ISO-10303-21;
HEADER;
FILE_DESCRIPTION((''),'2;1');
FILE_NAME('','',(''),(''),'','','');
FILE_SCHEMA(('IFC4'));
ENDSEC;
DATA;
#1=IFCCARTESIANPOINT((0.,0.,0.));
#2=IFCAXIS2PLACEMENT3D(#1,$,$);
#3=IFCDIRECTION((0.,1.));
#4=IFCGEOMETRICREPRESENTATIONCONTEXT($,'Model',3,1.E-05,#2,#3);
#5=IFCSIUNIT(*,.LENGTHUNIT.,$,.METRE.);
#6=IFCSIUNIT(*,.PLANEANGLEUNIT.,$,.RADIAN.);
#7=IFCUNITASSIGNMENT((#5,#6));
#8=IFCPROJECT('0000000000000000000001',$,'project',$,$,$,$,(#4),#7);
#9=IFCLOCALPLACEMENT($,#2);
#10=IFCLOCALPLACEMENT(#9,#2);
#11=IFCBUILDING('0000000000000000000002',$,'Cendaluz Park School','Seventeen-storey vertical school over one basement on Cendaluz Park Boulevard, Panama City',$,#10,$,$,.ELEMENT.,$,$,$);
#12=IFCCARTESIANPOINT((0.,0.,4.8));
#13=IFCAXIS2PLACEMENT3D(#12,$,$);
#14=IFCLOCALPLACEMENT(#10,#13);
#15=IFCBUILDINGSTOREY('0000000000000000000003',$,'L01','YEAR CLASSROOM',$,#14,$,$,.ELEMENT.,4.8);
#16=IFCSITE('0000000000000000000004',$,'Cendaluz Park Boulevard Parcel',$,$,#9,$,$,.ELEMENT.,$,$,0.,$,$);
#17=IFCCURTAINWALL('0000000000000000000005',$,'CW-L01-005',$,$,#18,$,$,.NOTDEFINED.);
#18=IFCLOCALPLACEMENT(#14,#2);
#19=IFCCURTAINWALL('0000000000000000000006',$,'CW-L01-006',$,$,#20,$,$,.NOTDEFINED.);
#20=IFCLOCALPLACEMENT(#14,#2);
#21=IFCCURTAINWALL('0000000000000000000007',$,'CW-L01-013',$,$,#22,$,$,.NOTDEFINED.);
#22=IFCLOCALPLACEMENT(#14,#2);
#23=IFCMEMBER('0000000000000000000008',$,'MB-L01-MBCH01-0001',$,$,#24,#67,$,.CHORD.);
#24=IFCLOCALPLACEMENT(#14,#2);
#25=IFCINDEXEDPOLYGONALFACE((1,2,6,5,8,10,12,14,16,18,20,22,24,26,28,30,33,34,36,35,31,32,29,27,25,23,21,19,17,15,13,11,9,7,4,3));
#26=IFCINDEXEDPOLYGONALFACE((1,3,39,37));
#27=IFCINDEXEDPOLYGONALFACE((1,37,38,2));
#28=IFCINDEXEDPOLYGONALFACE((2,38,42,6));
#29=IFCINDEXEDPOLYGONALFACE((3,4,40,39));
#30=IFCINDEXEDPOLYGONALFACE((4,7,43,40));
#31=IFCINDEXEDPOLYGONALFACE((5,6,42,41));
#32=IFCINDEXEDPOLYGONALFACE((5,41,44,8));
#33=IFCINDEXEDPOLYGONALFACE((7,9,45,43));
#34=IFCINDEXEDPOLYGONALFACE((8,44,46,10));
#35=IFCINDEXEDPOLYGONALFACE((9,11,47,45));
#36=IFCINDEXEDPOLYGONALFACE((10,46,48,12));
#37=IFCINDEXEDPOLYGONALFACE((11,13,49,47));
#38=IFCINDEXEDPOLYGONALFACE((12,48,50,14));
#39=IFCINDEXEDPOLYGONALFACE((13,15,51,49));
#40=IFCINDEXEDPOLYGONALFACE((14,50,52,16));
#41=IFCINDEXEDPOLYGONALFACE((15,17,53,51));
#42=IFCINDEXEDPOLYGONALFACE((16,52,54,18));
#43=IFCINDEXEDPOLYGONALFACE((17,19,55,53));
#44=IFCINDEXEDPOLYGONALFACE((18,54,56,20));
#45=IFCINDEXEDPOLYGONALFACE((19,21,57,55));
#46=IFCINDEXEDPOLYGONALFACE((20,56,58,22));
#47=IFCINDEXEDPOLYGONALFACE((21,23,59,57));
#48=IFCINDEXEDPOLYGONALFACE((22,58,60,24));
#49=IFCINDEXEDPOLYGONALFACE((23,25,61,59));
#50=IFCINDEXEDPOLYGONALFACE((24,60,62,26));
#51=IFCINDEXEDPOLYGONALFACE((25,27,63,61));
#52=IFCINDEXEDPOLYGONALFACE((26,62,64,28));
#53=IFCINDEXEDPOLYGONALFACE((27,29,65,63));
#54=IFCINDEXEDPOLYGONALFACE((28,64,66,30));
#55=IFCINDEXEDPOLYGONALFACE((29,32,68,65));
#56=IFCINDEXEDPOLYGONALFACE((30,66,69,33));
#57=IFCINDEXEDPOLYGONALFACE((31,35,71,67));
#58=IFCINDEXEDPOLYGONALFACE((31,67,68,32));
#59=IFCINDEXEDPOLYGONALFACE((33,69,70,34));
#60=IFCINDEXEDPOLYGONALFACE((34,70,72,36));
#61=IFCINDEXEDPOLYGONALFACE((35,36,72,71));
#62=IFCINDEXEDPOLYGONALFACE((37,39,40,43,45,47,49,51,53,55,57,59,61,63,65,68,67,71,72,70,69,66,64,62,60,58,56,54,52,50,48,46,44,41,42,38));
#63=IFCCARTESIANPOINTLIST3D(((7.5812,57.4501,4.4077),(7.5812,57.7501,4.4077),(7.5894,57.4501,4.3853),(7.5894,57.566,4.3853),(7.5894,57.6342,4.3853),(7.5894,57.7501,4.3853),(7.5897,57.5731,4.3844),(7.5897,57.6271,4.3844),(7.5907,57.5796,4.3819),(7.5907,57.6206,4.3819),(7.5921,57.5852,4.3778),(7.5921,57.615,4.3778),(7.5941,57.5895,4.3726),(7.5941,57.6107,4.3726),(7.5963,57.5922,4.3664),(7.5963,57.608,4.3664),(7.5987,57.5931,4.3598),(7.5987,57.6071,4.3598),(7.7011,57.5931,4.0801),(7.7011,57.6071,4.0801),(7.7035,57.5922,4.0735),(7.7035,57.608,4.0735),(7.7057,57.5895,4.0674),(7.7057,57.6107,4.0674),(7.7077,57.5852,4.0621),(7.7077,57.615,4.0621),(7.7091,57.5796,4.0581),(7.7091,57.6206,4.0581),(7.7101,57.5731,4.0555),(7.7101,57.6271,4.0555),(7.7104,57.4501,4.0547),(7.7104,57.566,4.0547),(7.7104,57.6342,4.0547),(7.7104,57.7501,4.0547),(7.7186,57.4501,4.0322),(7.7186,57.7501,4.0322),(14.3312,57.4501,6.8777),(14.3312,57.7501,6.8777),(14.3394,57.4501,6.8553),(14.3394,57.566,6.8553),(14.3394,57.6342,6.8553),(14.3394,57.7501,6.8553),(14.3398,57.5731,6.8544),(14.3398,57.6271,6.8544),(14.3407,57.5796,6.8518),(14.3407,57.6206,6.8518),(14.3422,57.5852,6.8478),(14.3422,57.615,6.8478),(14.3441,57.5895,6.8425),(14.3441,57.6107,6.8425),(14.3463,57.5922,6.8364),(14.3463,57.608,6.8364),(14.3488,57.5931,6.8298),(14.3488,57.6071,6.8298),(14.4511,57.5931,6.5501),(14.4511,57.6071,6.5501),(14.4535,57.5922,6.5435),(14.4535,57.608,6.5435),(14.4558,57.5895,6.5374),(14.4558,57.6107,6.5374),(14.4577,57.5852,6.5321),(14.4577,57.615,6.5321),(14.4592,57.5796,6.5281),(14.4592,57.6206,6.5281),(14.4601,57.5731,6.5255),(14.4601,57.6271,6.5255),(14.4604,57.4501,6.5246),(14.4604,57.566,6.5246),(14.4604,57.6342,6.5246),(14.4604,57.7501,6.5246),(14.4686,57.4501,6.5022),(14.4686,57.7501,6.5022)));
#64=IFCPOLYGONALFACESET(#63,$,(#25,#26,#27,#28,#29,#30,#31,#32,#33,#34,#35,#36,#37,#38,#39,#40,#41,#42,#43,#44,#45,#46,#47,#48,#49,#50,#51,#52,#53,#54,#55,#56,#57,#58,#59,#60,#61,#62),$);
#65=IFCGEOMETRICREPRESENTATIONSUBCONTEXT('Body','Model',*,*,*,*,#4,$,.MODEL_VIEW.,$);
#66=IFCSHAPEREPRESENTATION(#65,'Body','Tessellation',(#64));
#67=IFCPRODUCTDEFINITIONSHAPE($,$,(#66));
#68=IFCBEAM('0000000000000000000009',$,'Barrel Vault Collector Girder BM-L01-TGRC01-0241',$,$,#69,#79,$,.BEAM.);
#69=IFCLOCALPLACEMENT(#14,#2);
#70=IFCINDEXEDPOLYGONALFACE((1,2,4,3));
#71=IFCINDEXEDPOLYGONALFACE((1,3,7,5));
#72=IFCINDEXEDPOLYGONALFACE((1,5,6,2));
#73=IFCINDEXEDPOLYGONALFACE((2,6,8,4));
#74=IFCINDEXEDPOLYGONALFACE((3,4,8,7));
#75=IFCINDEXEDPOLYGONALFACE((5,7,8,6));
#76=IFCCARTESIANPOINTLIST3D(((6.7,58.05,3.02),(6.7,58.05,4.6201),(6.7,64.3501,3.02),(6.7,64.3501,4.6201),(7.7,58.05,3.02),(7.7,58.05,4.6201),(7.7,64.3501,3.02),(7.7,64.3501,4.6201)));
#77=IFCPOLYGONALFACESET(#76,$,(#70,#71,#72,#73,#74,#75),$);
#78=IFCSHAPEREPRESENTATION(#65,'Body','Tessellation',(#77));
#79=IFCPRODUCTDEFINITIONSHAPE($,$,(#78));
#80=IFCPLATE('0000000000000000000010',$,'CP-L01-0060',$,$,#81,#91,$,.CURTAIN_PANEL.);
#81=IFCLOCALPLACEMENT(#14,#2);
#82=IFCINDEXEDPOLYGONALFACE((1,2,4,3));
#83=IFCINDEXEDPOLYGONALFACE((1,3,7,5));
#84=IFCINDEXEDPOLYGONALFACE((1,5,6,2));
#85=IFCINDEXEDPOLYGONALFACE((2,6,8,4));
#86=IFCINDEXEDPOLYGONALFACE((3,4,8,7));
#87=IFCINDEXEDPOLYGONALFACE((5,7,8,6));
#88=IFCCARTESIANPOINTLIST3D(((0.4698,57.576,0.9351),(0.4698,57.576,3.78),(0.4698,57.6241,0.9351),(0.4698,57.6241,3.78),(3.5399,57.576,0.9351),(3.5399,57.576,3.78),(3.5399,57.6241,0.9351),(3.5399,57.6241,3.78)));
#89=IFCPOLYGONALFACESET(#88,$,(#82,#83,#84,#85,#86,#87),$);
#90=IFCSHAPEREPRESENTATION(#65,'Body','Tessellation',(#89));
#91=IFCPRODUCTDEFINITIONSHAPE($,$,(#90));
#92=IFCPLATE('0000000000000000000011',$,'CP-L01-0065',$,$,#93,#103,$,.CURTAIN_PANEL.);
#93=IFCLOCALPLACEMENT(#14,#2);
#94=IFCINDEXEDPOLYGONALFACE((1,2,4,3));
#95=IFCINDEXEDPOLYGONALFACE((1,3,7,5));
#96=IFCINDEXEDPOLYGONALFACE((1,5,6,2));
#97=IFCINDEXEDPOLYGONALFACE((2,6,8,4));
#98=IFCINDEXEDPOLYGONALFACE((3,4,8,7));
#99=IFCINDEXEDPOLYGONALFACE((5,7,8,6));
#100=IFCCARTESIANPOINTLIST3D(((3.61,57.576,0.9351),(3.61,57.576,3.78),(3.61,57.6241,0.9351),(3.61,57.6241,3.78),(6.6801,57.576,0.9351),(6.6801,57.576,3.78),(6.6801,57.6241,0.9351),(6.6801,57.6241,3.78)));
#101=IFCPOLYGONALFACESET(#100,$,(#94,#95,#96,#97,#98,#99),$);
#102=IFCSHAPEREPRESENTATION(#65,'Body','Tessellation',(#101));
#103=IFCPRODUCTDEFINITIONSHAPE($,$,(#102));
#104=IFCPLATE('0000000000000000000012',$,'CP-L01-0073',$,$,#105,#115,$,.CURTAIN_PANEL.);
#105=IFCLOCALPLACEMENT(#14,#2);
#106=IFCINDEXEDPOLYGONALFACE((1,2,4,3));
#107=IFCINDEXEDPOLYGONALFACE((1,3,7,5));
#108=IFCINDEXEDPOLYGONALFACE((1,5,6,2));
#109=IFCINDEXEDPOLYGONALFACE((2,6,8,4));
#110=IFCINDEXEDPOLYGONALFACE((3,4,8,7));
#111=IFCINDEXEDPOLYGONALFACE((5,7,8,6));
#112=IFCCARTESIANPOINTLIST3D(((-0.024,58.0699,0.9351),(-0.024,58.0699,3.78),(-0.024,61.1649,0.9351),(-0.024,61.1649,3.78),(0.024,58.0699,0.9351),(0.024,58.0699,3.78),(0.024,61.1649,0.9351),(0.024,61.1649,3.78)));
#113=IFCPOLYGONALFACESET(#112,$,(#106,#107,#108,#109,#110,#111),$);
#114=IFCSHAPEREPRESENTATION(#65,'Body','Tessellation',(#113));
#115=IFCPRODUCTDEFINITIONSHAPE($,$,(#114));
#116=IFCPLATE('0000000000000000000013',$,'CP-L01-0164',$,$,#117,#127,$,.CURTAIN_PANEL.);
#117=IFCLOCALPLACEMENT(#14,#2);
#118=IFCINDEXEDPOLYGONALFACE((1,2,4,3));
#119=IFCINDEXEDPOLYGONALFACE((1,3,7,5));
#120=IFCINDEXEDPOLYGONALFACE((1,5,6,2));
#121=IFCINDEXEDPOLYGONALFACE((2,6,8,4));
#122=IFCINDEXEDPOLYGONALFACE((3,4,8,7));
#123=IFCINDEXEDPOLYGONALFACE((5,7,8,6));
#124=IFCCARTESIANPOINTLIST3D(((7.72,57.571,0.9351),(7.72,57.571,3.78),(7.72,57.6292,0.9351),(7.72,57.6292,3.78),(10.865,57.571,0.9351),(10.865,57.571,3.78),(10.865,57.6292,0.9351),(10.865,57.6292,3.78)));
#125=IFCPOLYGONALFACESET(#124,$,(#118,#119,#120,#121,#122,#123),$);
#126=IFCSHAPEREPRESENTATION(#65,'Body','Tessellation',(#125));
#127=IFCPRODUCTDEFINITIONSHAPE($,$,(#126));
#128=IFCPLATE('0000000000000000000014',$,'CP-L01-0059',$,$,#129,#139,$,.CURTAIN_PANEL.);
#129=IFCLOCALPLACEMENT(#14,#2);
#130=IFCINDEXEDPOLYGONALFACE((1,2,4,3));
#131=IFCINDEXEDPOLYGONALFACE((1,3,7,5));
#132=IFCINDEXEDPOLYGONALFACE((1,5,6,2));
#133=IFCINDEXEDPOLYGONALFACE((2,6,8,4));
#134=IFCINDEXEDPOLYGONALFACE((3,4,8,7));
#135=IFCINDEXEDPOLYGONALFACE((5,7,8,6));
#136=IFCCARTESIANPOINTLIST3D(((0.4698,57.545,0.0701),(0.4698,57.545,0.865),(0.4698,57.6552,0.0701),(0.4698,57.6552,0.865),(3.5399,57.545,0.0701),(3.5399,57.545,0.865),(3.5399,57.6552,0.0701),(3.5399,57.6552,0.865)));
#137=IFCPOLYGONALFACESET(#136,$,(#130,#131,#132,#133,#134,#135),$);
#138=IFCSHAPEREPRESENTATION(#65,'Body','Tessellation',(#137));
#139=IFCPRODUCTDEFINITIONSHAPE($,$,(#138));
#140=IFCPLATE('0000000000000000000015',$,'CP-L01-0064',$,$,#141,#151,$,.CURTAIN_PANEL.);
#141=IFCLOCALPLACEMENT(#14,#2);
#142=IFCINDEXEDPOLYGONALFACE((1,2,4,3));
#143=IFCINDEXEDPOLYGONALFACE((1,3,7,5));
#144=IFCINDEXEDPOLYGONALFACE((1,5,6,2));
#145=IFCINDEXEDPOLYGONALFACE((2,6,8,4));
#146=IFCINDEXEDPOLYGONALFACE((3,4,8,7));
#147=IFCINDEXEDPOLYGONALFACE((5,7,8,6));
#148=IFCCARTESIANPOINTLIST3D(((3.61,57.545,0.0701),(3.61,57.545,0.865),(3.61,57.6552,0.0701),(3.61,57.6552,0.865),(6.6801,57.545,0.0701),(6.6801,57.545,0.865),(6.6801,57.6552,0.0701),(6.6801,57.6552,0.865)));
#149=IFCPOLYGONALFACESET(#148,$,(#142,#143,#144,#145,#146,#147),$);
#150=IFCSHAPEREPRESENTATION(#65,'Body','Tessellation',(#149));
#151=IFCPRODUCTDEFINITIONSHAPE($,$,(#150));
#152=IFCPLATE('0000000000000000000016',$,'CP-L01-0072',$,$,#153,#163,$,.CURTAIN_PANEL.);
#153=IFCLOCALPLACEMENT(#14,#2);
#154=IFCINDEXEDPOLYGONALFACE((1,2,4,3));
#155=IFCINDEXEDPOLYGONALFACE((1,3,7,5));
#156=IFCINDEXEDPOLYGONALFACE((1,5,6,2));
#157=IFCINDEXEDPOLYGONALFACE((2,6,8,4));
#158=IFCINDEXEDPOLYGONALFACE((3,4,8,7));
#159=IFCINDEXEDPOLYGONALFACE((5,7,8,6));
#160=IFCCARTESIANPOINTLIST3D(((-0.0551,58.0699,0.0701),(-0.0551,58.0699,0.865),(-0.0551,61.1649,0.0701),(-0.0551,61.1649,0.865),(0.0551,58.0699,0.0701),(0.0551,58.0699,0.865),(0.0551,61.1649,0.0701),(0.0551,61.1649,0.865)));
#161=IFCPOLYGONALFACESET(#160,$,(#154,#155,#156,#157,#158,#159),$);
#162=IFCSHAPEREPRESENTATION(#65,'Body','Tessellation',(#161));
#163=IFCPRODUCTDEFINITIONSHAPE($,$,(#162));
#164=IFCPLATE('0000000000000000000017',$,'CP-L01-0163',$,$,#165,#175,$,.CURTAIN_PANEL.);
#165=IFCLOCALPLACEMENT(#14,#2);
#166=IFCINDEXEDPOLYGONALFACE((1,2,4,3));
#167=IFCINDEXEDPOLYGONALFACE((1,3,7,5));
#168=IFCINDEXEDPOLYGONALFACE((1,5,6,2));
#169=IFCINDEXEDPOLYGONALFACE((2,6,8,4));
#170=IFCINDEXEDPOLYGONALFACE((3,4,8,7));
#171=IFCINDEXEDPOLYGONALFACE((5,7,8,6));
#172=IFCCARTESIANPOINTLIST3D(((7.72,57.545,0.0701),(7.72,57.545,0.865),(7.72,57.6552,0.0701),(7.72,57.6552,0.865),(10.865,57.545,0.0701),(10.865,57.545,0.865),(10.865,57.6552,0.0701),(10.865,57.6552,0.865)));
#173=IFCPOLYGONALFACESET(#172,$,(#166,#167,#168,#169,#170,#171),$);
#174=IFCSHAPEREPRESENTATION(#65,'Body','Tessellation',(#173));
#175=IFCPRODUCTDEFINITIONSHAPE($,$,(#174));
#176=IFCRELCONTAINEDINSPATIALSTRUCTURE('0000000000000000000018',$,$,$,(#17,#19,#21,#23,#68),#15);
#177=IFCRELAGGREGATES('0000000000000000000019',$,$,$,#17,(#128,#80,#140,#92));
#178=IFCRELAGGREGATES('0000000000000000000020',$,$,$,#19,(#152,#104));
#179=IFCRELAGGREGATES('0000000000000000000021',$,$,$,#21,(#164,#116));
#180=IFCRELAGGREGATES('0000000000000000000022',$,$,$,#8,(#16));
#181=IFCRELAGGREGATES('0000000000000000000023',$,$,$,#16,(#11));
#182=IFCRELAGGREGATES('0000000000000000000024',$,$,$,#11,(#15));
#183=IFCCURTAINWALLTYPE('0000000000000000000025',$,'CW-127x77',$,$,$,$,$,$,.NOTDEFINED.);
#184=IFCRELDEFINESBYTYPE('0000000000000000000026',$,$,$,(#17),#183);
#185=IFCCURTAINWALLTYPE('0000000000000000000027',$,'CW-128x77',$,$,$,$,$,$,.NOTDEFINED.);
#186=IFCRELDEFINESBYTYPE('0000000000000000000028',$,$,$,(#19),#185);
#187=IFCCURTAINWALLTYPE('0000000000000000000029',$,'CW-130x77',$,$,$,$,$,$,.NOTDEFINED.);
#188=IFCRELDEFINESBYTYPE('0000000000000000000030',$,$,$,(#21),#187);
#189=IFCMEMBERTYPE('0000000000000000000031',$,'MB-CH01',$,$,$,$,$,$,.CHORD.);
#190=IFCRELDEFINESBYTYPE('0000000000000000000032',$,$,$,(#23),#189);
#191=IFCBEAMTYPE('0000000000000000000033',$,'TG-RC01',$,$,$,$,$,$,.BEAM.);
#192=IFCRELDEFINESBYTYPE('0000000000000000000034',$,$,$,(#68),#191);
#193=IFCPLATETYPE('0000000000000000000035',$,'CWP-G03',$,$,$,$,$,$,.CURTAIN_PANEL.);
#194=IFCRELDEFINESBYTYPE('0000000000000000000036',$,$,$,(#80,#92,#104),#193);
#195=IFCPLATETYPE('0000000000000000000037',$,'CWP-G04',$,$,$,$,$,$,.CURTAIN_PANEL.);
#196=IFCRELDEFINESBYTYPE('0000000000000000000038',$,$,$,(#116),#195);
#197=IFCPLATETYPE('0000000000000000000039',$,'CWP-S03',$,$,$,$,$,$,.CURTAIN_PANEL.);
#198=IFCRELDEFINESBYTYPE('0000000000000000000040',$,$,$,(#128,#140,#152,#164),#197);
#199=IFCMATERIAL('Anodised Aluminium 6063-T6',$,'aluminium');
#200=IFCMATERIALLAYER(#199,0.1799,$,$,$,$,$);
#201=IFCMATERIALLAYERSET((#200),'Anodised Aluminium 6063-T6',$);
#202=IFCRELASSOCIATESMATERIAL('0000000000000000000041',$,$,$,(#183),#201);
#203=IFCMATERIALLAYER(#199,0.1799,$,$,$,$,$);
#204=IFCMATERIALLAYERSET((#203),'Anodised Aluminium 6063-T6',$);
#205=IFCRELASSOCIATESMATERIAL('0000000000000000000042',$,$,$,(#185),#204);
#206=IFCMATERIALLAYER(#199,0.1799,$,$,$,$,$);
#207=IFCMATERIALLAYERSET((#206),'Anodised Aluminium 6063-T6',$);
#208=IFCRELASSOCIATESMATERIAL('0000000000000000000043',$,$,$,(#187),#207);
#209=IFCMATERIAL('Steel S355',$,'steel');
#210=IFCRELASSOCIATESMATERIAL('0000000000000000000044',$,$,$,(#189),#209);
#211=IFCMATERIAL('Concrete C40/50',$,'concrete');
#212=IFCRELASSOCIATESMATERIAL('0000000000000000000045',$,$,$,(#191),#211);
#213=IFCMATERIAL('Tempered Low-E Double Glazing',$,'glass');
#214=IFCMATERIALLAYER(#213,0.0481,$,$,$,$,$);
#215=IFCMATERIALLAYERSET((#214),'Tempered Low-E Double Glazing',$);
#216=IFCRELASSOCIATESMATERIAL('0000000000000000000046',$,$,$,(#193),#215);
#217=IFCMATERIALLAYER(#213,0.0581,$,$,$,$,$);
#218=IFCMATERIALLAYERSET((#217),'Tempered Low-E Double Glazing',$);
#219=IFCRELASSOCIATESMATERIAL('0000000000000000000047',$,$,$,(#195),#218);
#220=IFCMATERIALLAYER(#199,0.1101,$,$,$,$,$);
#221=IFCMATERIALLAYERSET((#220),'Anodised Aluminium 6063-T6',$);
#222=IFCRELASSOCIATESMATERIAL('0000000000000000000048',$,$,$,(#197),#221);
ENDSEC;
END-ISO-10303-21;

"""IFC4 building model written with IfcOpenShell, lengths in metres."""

from ifc_helpers import new_model, si_unit, direction, frame, origin, origin_2d, place, context, subcontext, project, spatial, rectangle, i_section, extrude, material, layer, layer_set, material_profile, profile_set, type_object, element, aggregate, save


model = new_model("IFC4")

# Units and contexts
model_context = context("Model", 3, precision=1e-05, world=origin(), true_north=direction((0.0, 1.0)))
body_context = subcontext(model_context, "Body", "Model", "MODEL_VIEW")
ifc_project = project(units=[si_unit("LENGTHUNIT", "METRE"), si_unit("PLANEANGLEUNIT", "RADIAN")], contexts=[model_context])

# Site, building, storey
site_placement = place(None, origin())
site = spatial("IfcSite", under=ifc_project, at=site_placement, Name="Cendaluz Park Boulevard Parcel", CompositionType="ELEMENT", RefElevation=0.0)
building_placement = place(site_placement, origin())
building = spatial("IfcBuilding", under=site, at=building_placement, Name="Cendaluz Park School", Description="Seventeen-storey vertical school over one basement on Cendaluz Park Boulevard, Panama City", CompositionType="ELEMENT")
storey_placement = place(building_placement, frame((0.0, 0.0, 4.8)))
storey = spatial("IfcBuildingStorey", under=building, at=storey_placement, Name="L01", Description="YEAR CLASSROOM", CompositionType="ELEMENT", Elevation=4.8)

# Shared definitions
ifc_material_1 = material(Name="Concrete C40/50", Category="concrete")

# Curtain walls
ifc_material_2 = material(Name="Anodised Aluminium 6063-T6", Category="aluminium")
ifc_layer_1 = layer(ifc_material_2, 0.1799)
ifc_layer_set_1 = layer_set([ifc_layer_1], Name="Anodised Aluminium 6063-T6")
curtain_wall_type_1 = type_object("IfcCurtainWallType", Name="CW-127x77", PredefinedType="NOTDEFINED", material=ifc_layer_set_1)
curtain_wall_1_placement = place(storey_placement, origin())
curtain_wall_1 = element("IfcCurtainWall", 1, at=curtain_wall_1_placement, inside=storey, type_object=curtain_wall_type_1, Name="CW-L01-005", PredefinedType="NOTDEFINED")
ifc_layer_2 = layer(ifc_material_2, 0.1799)
ifc_layer_set_2 = layer_set([ifc_layer_2], Name="Anodised Aluminium 6063-T6")
curtain_wall_type_2 = type_object("IfcCurtainWallType", Name="CW-128x77", PredefinedType="NOTDEFINED", material=ifc_layer_set_2)
curtain_wall_2_placement = place(storey_placement, origin())
curtain_wall_2 = element("IfcCurtainWall", 2, at=curtain_wall_2_placement, inside=storey, type_object=curtain_wall_type_2, Name="CW-L01-006", PredefinedType="NOTDEFINED")
ifc_layer_3 = layer(ifc_material_2, 0.1799)
ifc_layer_set_3 = layer_set([ifc_layer_3], Name="Anodised Aluminium 6063-T6")
curtain_wall_type_3 = type_object("IfcCurtainWallType", Name="CW-130x77", PredefinedType="NOTDEFINED", material=ifc_layer_set_3)
curtain_wall_3_placement = place(storey_placement, origin())
curtain_wall_3 = element("IfcCurtainWall", 3, at=curtain_wall_3_placement, inside=storey, type_object=curtain_wall_type_3, Name="CW-L01-013", PredefinedType="NOTDEFINED")

# Member
ifc_material_3 = material(Name="Steel S355", Category="steel")
ifc_material_profile_1 = material_profile(ifc_material_3, i_section(OverallWidth=0.3, OverallDepth=0.3999, WebThickness=0.0139, FlangeThickness=0.0239, FilletRadius=0.0271, at=origin_2d()), Name="HEB 400", Category="steel")
ifc_profile_set_1 = profile_set([ifc_material_profile_1], Name="Steel S355")
member_type_1 = type_object("IfcMemberType", Name="MB-CH01", PredefinedType="CHORD", material=ifc_profile_set_1)
member_1_placement = place(storey_placement, frame((7.6499, 57.6001, 4.22), z_axis=(0.939102, 0.0, 0.343638), x_axis=(0.0, 1.0, 0.0)))
element("IfcMember", 4, at=member_1_placement, inside=storey, type_object=member_type_1, Name="MB-L01-MBCH01-0001", PredefinedType="CHORD", context=body_context, shape_type="SweptSolid", body=[
    extrude(i_section(OverallWidth=0.3, OverallDepth=0.3999, WebThickness=0.0139, FlangeThickness=0.0239, FilletRadius=0.0271, at=origin_2d()), origin(), (0.0, 0.0, 1.0), 7.1877),
])

# Beam
ifc_material_profile_2 = material_profile(ifc_material_1, rectangle(XDim=1.0, YDim=1.6001, at=origin_2d()), Name="RC 1000x1600", Category="concrete")
ifc_profile_set_2 = profile_set([ifc_material_profile_2], Name="Concrete C40/50")
beam_type_1 = type_object("IfcBeamType", Name="TG-RC01", PredefinedType="BEAM", material=ifc_profile_set_2)
beam_1_placement = place(storey_placement, frame((7.2, 58.05, 3.8201), z_axis=(0.0, 1.0, 0.0), x_axis=(-1.0, 0.0, 0.0)))
element("IfcBeam", 5, at=beam_1_placement, inside=storey, type_object=beam_type_1, Name="Barrel Vault Collector Girder BM-L01-TGRC01-0241", PredefinedType="BEAM", context=body_context, shape_type="SweptSolid", body=[
    extrude(rectangle(XDim=1.0, YDim=1.6001, at=origin_2d()), origin(), (0.0, 0.0, 1.0), 6.3),
])

# Plates
ifc_material_4 = material(Name="Tempered Low-E Double Glazing", Category="glass")
ifc_layer_4 = layer(ifc_material_4, 0.0481)
ifc_layer_set_4 = layer_set([ifc_layer_4], Name="Tempered Low-E Double Glazing")
plate_type_1 = type_object("IfcPlateType", Name="CWP-G03", PredefinedType="CURTAIN_PANEL", material=ifc_layer_set_4)
plate_1_placement = place(storey_placement, frame((2.0049, 57.6001, 0.9351), z_axis=(0.0, 0.0, 1.0), x_axis=(1.0, 0.0, 0.0)))
plate_1 = element("IfcPlate", 6, at=plate_1_placement, type_object=plate_type_1, Name="CP-L01-0060", PredefinedType="CURTAIN_PANEL", context=body_context, shape_type="SweptSolid", body=[
    extrude(rectangle(XDim=3.0701, YDim=0.0481, at=origin_2d()), origin(), (0.0, 0.0, 1.0), 2.845),
])
plate_2_placement = place(storey_placement, frame((5.145, 57.6001, 0.9351), z_axis=(0.0, 0.0, 1.0), x_axis=(1.0, 0.0, 0.0)))
plate_2 = element("IfcPlate", 7, at=plate_2_placement, type_object=plate_type_1, Name="CP-L01-0065", PredefinedType="CURTAIN_PANEL", context=body_context, shape_type="SweptSolid", body=[
    extrude(rectangle(XDim=3.0701, YDim=0.0481, at=origin_2d()), origin(), (0.0, 0.0, 1.0), 2.845),
])
plate_3_placement = place(storey_placement, frame((0.0, 59.6174, 0.9351), z_axis=(0.0, 0.0, 1.0), x_axis=(0.0, 1.0, 0.0)))
plate_3 = element("IfcPlate", 8, at=plate_3_placement, type_object=plate_type_1, Name="CP-L01-0073", PredefinedType="CURTAIN_PANEL", context=body_context, shape_type="SweptSolid", body=[
    extrude(rectangle(XDim=3.095, YDim=0.0481, at=origin_2d()), origin(), (0.0, 0.0, 1.0), 2.845),
])
ifc_layer_5 = layer(ifc_material_4, 0.0581)
ifc_layer_set_5 = layer_set([ifc_layer_5], Name="Tempered Low-E Double Glazing")
plate_type_2 = type_object("IfcPlateType", Name="CWP-G04", PredefinedType="CURTAIN_PANEL", material=ifc_layer_set_5)
plate_4_placement = place(storey_placement, frame((9.2925, 57.6001, 0.9351), z_axis=(0.0, 0.0, 1.0), x_axis=(1.0, 0.0, 0.0)))
plate_4 = element("IfcPlate", 9, at=plate_4_placement, type_object=plate_type_2, Name="CP-L01-0164", PredefinedType="CURTAIN_PANEL", context=body_context, shape_type="SweptSolid", body=[
    extrude(rectangle(XDim=3.145, YDim=0.0581, at=origin_2d()), origin(), (0.0, 0.0, 1.0), 2.845),
])
ifc_layer_6 = layer(ifc_material_2, 0.1101)
ifc_layer_set_6 = layer_set([ifc_layer_6], Name="Anodised Aluminium 6063-T6")
plate_type_3 = type_object("IfcPlateType", Name="CWP-S03", PredefinedType="CURTAIN_PANEL", material=ifc_layer_set_6)
plate_5_placement = place(storey_placement, frame((2.0049, 57.6001, 0.0701), z_axis=(0.0, 0.0, 1.0), x_axis=(1.0, 0.0, 0.0)))
plate_5 = element("IfcPlate", 10, at=plate_5_placement, type_object=plate_type_3, Name="CP-L01-0059", PredefinedType="CURTAIN_PANEL", context=body_context, shape_type="SweptSolid", body=[
    extrude(rectangle(XDim=3.0701, YDim=0.1101, at=origin_2d()), origin(), (0.0, 0.0, 1.0), 0.7949),
])
plate_6_placement = place(storey_placement, frame((5.145, 57.6001, 0.0701), z_axis=(0.0, 0.0, 1.0), x_axis=(1.0, 0.0, 0.0)))
plate_6 = element("IfcPlate", 11, at=plate_6_placement, type_object=plate_type_3, Name="CP-L01-0064", PredefinedType="CURTAIN_PANEL", context=body_context, shape_type="SweptSolid", body=[
    extrude(rectangle(XDim=3.0701, YDim=0.1101, at=origin_2d()), origin(), (0.0, 0.0, 1.0), 0.7949),
])
aggregate(curtain_wall_1, [plate_5, plate_1, plate_6, plate_2])
plate_7_placement = place(storey_placement, frame((0.0, 59.6174, 0.0701), z_axis=(0.0, 0.0, 1.0), x_axis=(0.0, 1.0, 0.0)))
plate_7 = element("IfcPlate", 12, at=plate_7_placement, type_object=plate_type_3, Name="CP-L01-0072", PredefinedType="CURTAIN_PANEL", context=body_context, shape_type="SweptSolid", body=[
    extrude(rectangle(XDim=3.095, YDim=0.1101, at=origin_2d()), origin(), (0.0, 0.0, 1.0), 0.7949),
])
aggregate(curtain_wall_2, [plate_7, plate_3])
plate_8_placement = place(storey_placement, frame((9.2925, 57.6001, 0.0701), z_axis=(0.0, 0.0, 1.0), x_axis=(1.0, 0.0, 0.0)))
plate_8 = element("IfcPlate", 13, at=plate_8_placement, type_object=plate_type_3, Name="CP-L01-0163", PredefinedType="CURTAIN_PANEL", context=body_context, shape_type="SweptSolid", body=[
    extrude(rectangle(XDim=3.145, YDim=0.1101, at=origin_2d()), origin(), (0.0, 0.0, 1.0), 0.7949),
])
aggregate(curtain_wall_3, [plate_8, plate_4])

save(model, "model.ifc")
